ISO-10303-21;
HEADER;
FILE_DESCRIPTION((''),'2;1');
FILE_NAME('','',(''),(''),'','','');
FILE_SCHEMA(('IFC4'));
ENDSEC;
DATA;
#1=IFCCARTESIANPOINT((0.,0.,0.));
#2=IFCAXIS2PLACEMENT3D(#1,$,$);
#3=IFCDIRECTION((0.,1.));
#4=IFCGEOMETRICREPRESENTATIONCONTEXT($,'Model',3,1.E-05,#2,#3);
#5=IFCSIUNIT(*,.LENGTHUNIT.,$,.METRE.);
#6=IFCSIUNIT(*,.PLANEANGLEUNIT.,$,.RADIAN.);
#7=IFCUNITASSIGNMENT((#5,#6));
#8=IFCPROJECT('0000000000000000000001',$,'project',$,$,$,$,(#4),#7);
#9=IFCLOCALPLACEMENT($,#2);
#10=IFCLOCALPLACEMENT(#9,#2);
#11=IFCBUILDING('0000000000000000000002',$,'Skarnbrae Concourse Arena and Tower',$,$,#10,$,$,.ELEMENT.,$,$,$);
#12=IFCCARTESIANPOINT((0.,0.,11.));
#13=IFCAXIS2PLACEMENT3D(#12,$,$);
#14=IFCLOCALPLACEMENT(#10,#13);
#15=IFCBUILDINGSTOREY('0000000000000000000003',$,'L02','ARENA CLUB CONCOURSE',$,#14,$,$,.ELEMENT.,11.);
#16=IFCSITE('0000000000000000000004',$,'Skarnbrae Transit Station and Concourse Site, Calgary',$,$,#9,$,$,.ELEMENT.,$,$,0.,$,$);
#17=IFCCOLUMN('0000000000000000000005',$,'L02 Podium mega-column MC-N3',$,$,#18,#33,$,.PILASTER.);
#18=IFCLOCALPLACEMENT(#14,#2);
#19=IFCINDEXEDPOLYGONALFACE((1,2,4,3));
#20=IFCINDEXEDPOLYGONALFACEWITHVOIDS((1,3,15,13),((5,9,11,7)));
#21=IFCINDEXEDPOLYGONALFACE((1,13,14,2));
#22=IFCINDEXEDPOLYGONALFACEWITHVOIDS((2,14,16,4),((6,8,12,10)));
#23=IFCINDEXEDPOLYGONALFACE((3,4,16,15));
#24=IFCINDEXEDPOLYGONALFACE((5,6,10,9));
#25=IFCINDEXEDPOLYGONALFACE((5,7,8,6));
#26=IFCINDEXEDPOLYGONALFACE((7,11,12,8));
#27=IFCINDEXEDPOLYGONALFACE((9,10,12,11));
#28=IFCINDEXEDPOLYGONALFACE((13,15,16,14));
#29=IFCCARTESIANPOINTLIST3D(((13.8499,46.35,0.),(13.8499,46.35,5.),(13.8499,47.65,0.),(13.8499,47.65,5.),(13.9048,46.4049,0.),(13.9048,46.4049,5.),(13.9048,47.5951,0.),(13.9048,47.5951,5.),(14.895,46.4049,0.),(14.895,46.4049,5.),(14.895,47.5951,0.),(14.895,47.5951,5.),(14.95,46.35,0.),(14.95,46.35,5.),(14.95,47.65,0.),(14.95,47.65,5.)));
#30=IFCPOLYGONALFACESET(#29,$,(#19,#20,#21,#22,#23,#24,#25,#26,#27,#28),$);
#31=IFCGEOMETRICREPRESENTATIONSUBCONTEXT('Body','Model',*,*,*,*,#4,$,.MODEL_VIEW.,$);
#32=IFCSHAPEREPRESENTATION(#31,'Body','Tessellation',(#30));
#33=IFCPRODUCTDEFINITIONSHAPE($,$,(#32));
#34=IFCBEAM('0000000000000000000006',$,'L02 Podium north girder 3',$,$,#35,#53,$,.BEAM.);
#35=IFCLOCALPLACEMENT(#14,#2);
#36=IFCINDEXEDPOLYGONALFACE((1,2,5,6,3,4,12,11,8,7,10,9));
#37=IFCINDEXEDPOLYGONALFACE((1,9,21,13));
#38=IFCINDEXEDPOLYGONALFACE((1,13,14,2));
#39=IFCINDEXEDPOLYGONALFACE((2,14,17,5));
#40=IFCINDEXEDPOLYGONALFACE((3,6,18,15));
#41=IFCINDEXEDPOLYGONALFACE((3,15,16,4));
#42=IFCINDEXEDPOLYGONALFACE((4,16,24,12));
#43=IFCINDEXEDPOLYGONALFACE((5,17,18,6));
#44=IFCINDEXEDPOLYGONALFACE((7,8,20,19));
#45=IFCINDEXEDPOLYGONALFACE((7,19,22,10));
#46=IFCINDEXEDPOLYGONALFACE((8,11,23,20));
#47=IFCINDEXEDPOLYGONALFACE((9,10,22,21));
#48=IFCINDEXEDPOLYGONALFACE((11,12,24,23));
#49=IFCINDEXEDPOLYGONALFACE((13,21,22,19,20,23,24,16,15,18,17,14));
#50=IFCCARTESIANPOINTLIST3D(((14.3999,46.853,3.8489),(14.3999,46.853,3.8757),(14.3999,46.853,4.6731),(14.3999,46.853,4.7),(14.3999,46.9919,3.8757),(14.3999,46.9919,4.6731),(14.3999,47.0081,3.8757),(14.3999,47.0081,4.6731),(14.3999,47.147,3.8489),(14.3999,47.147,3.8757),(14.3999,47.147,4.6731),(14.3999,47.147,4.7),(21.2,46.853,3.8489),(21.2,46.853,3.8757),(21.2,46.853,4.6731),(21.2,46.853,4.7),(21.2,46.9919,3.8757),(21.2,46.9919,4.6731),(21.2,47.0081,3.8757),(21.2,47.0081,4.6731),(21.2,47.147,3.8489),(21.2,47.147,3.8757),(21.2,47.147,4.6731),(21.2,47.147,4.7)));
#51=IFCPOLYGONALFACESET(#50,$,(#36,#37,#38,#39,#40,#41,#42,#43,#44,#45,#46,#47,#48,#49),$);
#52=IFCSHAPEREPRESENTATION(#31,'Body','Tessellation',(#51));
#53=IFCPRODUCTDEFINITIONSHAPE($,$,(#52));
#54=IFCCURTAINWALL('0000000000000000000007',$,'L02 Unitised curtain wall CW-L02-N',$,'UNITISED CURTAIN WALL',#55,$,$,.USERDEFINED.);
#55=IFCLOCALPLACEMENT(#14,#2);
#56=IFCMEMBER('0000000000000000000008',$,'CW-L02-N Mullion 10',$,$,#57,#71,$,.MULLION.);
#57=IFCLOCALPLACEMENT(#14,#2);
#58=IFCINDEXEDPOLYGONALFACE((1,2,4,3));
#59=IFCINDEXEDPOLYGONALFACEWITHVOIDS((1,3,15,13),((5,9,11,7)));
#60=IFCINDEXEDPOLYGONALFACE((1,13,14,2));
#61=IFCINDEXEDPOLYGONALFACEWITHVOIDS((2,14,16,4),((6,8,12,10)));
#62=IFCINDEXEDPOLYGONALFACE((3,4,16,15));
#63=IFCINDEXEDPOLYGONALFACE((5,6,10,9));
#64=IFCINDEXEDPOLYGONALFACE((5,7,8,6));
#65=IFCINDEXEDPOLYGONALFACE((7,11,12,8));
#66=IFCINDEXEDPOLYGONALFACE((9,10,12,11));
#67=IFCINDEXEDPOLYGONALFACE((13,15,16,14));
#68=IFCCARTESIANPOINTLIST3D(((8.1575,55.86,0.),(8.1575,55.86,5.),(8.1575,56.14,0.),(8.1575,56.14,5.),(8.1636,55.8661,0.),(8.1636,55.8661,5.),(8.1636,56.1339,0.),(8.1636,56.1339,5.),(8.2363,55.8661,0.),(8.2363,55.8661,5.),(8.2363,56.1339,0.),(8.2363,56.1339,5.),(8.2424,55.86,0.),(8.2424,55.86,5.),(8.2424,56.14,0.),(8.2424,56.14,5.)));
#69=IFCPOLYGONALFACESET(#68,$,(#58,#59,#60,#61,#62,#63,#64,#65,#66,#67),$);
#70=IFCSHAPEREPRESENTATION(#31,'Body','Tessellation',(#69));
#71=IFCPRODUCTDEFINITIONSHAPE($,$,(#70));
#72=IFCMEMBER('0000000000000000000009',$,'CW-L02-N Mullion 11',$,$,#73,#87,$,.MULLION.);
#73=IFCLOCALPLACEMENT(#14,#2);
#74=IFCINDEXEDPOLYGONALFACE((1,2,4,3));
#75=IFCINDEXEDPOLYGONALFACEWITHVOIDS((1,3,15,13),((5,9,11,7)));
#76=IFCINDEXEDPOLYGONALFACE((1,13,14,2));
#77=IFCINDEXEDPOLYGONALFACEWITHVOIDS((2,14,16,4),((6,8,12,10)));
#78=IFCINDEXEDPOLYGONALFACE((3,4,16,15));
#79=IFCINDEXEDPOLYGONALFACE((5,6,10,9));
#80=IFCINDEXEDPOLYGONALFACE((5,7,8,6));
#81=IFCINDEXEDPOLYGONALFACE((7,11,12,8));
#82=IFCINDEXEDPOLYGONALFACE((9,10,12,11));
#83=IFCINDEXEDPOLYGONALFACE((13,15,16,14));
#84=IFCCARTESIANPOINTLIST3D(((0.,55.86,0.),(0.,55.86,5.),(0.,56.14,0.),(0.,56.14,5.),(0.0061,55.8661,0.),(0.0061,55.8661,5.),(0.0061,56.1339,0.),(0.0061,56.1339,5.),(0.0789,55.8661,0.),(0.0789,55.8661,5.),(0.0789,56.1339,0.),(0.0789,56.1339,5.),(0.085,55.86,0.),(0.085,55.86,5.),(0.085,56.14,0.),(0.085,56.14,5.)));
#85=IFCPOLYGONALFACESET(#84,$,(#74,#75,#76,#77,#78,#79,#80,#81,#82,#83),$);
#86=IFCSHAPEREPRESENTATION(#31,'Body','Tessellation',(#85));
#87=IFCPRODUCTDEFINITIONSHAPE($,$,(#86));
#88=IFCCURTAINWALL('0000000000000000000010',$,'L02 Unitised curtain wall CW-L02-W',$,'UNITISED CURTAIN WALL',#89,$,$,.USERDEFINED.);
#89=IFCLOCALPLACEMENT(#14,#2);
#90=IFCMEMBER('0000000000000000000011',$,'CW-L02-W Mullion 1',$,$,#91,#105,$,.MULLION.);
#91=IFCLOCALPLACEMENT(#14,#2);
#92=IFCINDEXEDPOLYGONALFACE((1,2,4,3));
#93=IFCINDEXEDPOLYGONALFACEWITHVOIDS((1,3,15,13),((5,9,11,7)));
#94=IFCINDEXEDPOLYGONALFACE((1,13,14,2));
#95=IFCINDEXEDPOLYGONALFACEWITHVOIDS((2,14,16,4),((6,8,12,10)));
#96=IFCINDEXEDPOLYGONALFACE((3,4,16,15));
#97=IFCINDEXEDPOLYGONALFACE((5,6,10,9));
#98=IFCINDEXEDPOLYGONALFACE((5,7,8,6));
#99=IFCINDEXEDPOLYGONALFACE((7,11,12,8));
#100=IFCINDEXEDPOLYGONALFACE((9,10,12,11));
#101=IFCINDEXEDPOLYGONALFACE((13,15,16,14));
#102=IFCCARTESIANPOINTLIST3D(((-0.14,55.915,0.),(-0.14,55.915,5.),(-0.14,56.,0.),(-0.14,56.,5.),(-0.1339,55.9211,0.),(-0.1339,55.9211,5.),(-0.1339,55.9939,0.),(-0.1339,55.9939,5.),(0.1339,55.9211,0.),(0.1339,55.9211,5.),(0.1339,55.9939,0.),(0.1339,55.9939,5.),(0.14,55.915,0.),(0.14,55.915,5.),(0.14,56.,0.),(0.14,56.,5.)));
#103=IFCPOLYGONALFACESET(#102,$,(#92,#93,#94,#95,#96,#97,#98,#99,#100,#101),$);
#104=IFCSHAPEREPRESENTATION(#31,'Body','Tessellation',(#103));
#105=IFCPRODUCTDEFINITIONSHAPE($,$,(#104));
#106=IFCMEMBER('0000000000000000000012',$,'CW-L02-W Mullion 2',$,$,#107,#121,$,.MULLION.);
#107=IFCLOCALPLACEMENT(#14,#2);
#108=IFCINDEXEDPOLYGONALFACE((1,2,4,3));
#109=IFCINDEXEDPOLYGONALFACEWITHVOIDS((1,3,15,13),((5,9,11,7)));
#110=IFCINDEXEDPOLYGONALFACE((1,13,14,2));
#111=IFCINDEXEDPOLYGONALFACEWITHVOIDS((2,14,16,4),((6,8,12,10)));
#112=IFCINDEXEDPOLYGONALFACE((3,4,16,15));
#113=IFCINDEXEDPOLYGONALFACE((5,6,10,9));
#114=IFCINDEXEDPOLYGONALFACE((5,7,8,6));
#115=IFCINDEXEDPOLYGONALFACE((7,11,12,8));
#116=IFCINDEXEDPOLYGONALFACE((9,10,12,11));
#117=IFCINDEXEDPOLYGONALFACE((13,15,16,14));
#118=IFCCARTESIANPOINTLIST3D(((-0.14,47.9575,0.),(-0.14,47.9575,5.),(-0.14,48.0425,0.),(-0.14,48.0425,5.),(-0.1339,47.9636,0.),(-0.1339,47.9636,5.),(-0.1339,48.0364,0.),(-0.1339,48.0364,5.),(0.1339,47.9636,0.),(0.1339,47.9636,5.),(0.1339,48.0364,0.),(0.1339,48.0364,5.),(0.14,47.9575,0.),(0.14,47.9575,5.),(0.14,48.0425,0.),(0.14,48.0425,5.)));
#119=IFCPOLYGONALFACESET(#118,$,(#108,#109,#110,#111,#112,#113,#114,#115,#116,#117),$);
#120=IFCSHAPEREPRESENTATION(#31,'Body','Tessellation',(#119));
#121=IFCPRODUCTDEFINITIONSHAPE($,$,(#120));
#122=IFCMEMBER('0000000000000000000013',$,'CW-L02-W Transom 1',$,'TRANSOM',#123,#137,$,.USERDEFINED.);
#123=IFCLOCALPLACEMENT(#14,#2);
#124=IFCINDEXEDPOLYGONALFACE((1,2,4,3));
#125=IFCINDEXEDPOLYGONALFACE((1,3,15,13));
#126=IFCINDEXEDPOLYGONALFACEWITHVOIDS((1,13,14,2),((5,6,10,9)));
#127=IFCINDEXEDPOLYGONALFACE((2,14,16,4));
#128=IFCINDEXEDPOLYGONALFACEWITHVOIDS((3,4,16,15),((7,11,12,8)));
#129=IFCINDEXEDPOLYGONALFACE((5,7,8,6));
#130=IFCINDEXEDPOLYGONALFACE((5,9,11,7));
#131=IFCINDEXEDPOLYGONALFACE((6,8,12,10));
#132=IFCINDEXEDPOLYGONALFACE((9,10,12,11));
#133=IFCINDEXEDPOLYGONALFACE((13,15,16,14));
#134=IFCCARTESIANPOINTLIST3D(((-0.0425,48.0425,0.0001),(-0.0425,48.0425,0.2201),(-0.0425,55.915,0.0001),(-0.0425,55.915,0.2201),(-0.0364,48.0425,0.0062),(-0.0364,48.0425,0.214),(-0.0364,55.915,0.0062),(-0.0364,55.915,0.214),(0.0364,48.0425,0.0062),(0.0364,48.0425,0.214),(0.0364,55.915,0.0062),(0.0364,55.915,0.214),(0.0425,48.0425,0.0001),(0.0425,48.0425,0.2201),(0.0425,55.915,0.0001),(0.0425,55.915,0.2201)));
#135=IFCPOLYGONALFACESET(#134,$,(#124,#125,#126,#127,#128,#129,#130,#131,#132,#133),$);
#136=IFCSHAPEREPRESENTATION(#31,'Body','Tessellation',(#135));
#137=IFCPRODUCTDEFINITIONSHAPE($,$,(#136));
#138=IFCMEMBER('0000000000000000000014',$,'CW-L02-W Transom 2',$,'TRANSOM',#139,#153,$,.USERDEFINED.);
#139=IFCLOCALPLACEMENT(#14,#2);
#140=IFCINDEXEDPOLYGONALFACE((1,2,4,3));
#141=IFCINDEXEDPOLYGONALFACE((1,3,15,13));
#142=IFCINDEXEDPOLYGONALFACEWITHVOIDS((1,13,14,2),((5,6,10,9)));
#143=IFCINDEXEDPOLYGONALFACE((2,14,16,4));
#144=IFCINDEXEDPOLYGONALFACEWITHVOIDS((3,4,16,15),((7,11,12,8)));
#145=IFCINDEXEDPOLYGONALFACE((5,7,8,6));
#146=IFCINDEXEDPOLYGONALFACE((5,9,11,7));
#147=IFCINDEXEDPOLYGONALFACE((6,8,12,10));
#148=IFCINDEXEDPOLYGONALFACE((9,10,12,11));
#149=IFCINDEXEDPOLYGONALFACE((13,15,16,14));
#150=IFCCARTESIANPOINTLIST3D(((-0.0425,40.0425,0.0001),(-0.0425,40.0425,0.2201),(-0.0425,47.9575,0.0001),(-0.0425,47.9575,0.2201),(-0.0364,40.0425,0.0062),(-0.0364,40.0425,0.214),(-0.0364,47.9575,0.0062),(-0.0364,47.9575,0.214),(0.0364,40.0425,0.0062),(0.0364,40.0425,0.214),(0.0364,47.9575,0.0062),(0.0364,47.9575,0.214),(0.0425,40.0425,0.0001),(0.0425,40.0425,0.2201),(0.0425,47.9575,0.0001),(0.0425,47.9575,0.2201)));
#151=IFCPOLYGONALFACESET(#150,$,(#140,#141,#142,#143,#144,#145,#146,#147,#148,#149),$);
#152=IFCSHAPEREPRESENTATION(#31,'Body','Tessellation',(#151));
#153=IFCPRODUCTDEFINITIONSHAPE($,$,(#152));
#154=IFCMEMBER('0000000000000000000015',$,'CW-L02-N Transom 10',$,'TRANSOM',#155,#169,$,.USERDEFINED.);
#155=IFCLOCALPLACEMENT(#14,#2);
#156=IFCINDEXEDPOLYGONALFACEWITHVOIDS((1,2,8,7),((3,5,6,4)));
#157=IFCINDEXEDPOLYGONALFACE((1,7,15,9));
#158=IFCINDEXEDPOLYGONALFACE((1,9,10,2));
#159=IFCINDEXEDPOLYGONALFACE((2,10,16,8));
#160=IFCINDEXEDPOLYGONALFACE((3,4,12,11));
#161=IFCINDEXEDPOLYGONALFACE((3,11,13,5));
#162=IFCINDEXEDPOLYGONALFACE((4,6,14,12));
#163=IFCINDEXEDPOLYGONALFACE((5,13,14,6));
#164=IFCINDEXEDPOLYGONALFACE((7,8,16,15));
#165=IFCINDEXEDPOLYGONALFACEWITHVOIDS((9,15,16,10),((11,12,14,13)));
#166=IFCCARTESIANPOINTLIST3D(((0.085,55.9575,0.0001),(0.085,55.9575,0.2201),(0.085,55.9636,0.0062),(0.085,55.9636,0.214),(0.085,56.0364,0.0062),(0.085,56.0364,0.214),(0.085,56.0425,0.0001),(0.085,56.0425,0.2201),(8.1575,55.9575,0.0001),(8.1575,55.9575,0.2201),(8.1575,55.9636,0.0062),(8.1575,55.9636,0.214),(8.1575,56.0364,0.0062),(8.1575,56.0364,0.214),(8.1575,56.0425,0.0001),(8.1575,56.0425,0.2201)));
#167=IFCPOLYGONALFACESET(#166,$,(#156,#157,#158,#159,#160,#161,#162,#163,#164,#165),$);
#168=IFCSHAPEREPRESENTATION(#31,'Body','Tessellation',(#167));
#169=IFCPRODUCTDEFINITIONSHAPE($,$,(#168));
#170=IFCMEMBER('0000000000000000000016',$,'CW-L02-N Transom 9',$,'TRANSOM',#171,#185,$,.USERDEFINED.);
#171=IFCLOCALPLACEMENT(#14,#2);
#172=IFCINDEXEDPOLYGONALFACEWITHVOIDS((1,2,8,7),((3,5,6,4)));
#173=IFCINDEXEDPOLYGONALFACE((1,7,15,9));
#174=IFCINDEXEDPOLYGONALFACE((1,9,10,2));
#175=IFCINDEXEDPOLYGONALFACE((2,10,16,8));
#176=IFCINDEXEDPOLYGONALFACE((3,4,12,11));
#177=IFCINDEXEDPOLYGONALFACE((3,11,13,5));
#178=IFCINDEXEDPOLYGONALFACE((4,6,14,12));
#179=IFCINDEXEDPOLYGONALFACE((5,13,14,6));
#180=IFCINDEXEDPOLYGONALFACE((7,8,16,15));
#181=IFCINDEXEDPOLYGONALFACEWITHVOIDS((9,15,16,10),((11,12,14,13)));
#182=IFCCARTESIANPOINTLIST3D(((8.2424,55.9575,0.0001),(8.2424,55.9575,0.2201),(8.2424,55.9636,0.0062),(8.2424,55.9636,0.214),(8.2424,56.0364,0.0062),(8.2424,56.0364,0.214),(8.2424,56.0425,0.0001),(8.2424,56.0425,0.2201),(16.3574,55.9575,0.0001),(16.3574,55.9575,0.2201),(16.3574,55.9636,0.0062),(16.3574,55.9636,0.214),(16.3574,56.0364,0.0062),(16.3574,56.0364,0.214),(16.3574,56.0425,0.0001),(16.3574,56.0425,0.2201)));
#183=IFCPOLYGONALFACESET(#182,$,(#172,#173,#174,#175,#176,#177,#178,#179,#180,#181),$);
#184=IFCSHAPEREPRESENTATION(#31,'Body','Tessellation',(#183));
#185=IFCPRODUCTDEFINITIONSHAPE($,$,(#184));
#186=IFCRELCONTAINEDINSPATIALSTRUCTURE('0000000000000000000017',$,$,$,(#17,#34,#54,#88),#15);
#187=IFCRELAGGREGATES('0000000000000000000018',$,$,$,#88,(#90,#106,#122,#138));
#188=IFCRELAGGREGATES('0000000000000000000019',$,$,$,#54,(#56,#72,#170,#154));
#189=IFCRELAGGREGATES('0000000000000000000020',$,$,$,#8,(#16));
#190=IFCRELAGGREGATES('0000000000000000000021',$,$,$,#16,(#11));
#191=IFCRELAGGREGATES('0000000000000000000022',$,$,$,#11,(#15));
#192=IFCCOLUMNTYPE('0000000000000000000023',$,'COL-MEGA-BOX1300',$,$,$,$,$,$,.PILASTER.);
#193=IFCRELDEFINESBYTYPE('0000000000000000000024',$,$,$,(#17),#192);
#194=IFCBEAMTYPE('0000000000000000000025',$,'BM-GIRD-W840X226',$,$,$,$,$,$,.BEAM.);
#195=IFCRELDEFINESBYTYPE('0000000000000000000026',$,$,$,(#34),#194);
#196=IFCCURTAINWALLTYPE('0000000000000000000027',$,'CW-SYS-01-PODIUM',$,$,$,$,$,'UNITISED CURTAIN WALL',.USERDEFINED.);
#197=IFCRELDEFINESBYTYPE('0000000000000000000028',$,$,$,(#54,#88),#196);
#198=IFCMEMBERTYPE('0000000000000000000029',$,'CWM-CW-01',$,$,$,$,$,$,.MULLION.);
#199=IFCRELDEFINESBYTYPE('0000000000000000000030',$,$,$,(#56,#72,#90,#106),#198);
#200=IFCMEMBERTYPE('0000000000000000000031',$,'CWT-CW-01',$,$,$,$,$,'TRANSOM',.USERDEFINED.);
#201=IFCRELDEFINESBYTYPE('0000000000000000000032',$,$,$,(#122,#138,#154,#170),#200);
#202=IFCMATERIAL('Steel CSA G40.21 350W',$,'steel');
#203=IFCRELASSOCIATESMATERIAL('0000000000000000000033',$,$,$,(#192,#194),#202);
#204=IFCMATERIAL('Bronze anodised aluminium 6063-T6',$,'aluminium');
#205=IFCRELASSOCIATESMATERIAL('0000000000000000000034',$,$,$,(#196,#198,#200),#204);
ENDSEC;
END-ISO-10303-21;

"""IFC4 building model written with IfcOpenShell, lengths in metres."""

from ifc_helpers import new_model, si_unit, direction, frame, origin, origin_2d, place, context, subcontext, project, spatial, hollow_rectangle, i_section, extrude, source, transform, mapped, material, material_profile, profile_set, type_object, element, aggregate, save


model = new_model("IFC4")

# Units and contexts
model_context = context("Model", 3, precision=1e-05, world=origin(), true_north=direction((0.0, 1.0)))
body_context = subcontext(model_context, "Body", "Model", "MODEL_VIEW")
ifc_project = project(units=[si_unit("LENGTHUNIT", "METRE"), si_unit("PLANEANGLEUNIT", "RADIAN")], contexts=[model_context])

# Site, building, storey
site_placement = place(None, origin())
site = spatial("IfcSite", under=ifc_project, at=site_placement, Name="Skarnbrae Transit Station and Concourse Site, Calgary", CompositionType="ELEMENT", RefElevation=0.0)
building_placement = place(site_placement, origin())
building = spatial("IfcBuilding", under=site, at=building_placement, Name="Skarnbrae Concourse Arena and Tower", CompositionType="ELEMENT")
storey_placement = place(building_placement, frame((0.0, 0.0, 11.0)))
storey = spatial("IfcBuildingStorey", under=building, at=storey_placement, Name="L02", Description="ARENA CLUB CONCOURSE", CompositionType="ELEMENT", Elevation=11.0)

# Column
ifc_material_1 = material(Name="Steel CSA G40.21 350W", Category="steel")
ifc_material_profile_1 = material_profile(ifc_material_1, hollow_rectangle(XDim=1.1001, YDim=1.3, WallThickness=0.0549, at=origin_2d()), Name="BOX1300X1100X55")
ifc_profile_set_1 = profile_set([ifc_material_profile_1], Name="Steel CSA G40.21 350W")
column_type = type_object("IfcColumnType", Name="COL-MEGA-BOX1300", PredefinedType="PILASTER", material=ifc_profile_set_1)
shared_shape_1 = source(origin(), body_context, "Body", "SweptSolid", [
    extrude(hollow_rectangle(XDim=1.1001, YDim=1.3, WallThickness=0.0549, at=origin_2d()), origin(), (0.0, 0.0, 1.0), 5.0),
])
column_placement = place(storey_placement, frame((14.3999, 47.0, 0.0), z_axis=(0.0, 0.0, 1.0), x_axis=(1.0, 0.0, 0.0)))
element("IfcColumn", 1, at=column_placement, inside=storey, type_object=column_type, Name="L02 Podium mega-column MC-N3", PredefinedType="PILASTER", context=body_context, shape_type="MappedRepresentation", body=[
    mapped(shared_shape_1, transform((0.0, 0.0, 0.0))),
])

# Beam
ifc_material_profile_2 = material_profile(ifc_material_1, i_section(OverallWidth=0.2939, OverallDepth=0.8511, WebThickness=0.0161, FlangeThickness=0.0269, at=origin_2d()), Name="W840X226")
ifc_profile_set_2 = profile_set([ifc_material_profile_2], Name="Steel CSA G40.21 350W")
beam_type_1 = type_object("IfcBeamType", Name="BM-GIRD-W840X226", PredefinedType="BEAM", material=ifc_profile_set_2)
shared_shape_2 = source(origin(), body_context, "Body", "SweptSolid", [
    extrude(i_section(OverallWidth=0.2939, OverallDepth=0.8511, WebThickness=0.0161, FlangeThickness=0.0269, at=origin_2d()), origin(), (0.0, 0.0, 1.0), 6.8),
])
beam_1_placement = place(storey_placement, frame((14.3999, 47.0, 4.2744), z_axis=(1.0, 0.0, 0.0), x_axis=(0.0, 1.0, 0.0)))
element("IfcBeam", 2, at=beam_1_placement, inside=storey, type_object=beam_type_1, Name="L02 Podium north girder 3", PredefinedType="BEAM", context=body_context, shape_type="MappedRepresentation", body=[
    mapped(shared_shape_2, transform((0.0, 0.0, 0.0))),
])

# Curtain walls, members
ifc_material_2 = material(Name="Bronze anodised aluminium 6063-T6", Category="aluminium")
curtain_wall_type = type_object("IfcCurtainWallType", Name="CW-SYS-01-PODIUM", ElementType="UNITISED CURTAIN WALL", PredefinedType="USERDEFINED", material=ifc_material_2)
curtain_wall_1_placement = place(storey_placement, origin())
curtain_wall_1 = element("IfcCurtainWall", 3, at=curtain_wall_1_placement, inside=storey, type_object=curtain_wall_type, Name="L02 Unitised curtain wall CW-L02-N", ObjectType="UNITISED CURTAIN WALL", PredefinedType="USERDEFINED")
ifc_material_profile_3 = material_profile(ifc_material_2, hollow_rectangle(XDim=0.085, YDim=0.28, WallThickness=0.0061, at=origin_2d()), Name="ALU-MULL-85X280")
ifc_profile_set_3 = profile_set([ifc_material_profile_3], Name="Bronze anodised aluminium 6063-T6")
member_type_1 = type_object("IfcMemberType", Name="CWM-CW-01", PredefinedType="MULLION", material=ifc_profile_set_3)
shared_shape_3 = source(origin(), body_context, "Body", "SweptSolid", [
    extrude(hollow_rectangle(XDim=0.085, YDim=0.28, WallThickness=0.0061, at=origin_2d()), origin(), (0.0, 0.0, 1.0), 5.0),
])
member_1_placement = place(storey_placement, frame((8.2, 56.0, 0.0), z_axis=(0.0, 0.0, 1.0), x_axis=(-1.0, 0.0, 0.0)))
member_1 = element("IfcMember", 4, at=member_1_placement, type_object=member_type_1, Name="CW-L02-N Mullion 10", PredefinedType="MULLION", context=body_context, shape_type="MappedRepresentation", body=[
    mapped(shared_shape_3, transform((0.0, 0.0, 0.0))),
])
member_2_placement = place(storey_placement, frame((0.0425, 56.0, 0.0), z_axis=(0.0, 0.0, 1.0), x_axis=(-1.0, 0.0, 0.0)))
member_2 = element("IfcMember", 5, at=member_2_placement, type_object=member_type_1, Name="CW-L02-N Mullion 11", PredefinedType="MULLION", context=body_context, shape_type="MappedRepresentation", body=[
    mapped(shared_shape_3, transform((0.0, 0.0, 0.0))),
])
curtain_wall_2_placement = place(storey_placement, origin())
curtain_wall_2 = element("IfcCurtainWall", 6, at=curtain_wall_2_placement, inside=storey, type_object=curtain_wall_type, Name="L02 Unitised curtain wall CW-L02-W", ObjectType="UNITISED CURTAIN WALL", PredefinedType="USERDEFINED")
member_3_placement = place(storey_placement, frame((0.0, 55.9575, 0.0), z_axis=(0.0, 0.0, 1.0), x_axis=(0.0, -1.0, 0.0)))
member_3 = element("IfcMember", 7, at=member_3_placement, type_object=member_type_1, Name="CW-L02-W Mullion 1", PredefinedType="MULLION", context=body_context, shape_type="MappedRepresentation", body=[
    mapped(shared_shape_3, transform((0.0, 0.0, 0.0))),
])
member_4_placement = place(storey_placement, frame((0.0, 48.0, 0.0), z_axis=(0.0, 0.0, 1.0), x_axis=(0.0, -1.0, 0.0)))
member_4 = element("IfcMember", 8, at=member_4_placement, type_object=member_type_1, Name="CW-L02-W Mullion 2", PredefinedType="MULLION", context=body_context, shape_type="MappedRepresentation", body=[
    mapped(shared_shape_3, transform((0.0, 0.0, 0.0))),
])
ifc_material_profile_4 = material_profile(ifc_material_2, hollow_rectangle(XDim=0.085, YDim=0.22, WallThickness=0.0061, at=origin_2d()), Name="ALU-TRAN-85X220")
ifc_profile_set_4 = profile_set([ifc_material_profile_4], Name="Bronze anodised aluminium 6063-T6")
member_type_2 = type_object("IfcMemberType", Name="CWT-CW-01", ElementType="TRANSOM", PredefinedType="USERDEFINED", material=ifc_profile_set_4)
shared_shape_4 = source(origin(), body_context, "Body", "SweptSolid", [
    extrude(hollow_rectangle(XDim=0.085, YDim=0.22, WallThickness=0.0061, at=origin_2d()), origin(), (0.0, 0.0, 1.0), 7.8726),
])
member_5_placement = place(storey_placement, frame((0.0, 55.915, 0.1101), z_axis=(0.0, -1.0, 0.0), x_axis=(1.0, 0.0, 0.0)))
member_5 = element("IfcMember", 9, at=member_5_placement, type_object=member_type_2, Name="CW-L02-W Transom 1", ObjectType="TRANSOM", PredefinedType="USERDEFINED", context=body_context, shape_type="MappedRepresentation", body=[
    mapped(shared_shape_4, transform((0.0, 0.0, 0.0))),
])
shared_shape_5 = source(origin(), body_context, "Body", "SweptSolid", [
    extrude(hollow_rectangle(XDim=0.085, YDim=0.22, WallThickness=0.0061, at=origin_2d()), origin(), (0.0, 0.0, 1.0), 7.915),
])
member_6_placement = place(storey_placement, frame((0.0, 47.9575, 0.1101), z_axis=(0.0, -1.0, 0.0), x_axis=(1.0, 0.0, 0.0)))
member_6 = element("IfcMember", 10, at=member_6_placement, type_object=member_type_2, Name="CW-L02-W Transom 2", ObjectType="TRANSOM", PredefinedType="USERDEFINED", context=body_context, shape_type="MappedRepresentation", body=[
    mapped(shared_shape_5, transform((0.0, 0.0, 0.0))),
])

# Members
shared_shape_6 = source(origin(), body_context, "Body", "SweptSolid", [
    extrude(hollow_rectangle(XDim=0.085, YDim=0.22, WallThickness=0.0061, at=origin_2d()), origin(), (0.0, 0.0, 1.0), 8.0725),
])
member_7_placement = place(storey_placement, frame((8.1575, 56.0, 0.1101), z_axis=(-1.0, 0.0, 0.0), x_axis=(0.0, -1.0, 0.0)))
member_7 = element("IfcMember", 11, at=member_7_placement, type_object=member_type_2, Name="CW-L02-N Transom 10", ObjectType="TRANSOM", PredefinedType="USERDEFINED", context=body_context, shape_type="MappedRepresentation", body=[
    mapped(shared_shape_6, transform((0.0, 0.0, 0.0))),
])
shared_shape_7 = source(origin(), body_context, "Body", "SweptSolid", [
    extrude(hollow_rectangle(XDim=0.085, YDim=0.22, WallThickness=0.0061, at=origin_2d()), origin(), (0.0, 0.0, 1.0), 8.115),
])
member_8_placement = place(storey_placement, frame((16.3574, 56.0, 0.1101), z_axis=(-1.0, 0.0, 0.0), x_axis=(0.0, -1.0, 0.0)))
member_8 = element("IfcMember", 12, at=member_8_placement, type_object=member_type_2, Name="CW-L02-N Transom 9", ObjectType="TRANSOM", PredefinedType="USERDEFINED", context=body_context, shape_type="MappedRepresentation", body=[
    mapped(shared_shape_7, transform((0.0, 0.0, 0.0))),
])

aggregate(curtain_wall_2, [member_3, member_4, member_5, member_6])
aggregate(curtain_wall_1, [member_1, member_2, member_8, member_7])

save(model, "model.ifc")
